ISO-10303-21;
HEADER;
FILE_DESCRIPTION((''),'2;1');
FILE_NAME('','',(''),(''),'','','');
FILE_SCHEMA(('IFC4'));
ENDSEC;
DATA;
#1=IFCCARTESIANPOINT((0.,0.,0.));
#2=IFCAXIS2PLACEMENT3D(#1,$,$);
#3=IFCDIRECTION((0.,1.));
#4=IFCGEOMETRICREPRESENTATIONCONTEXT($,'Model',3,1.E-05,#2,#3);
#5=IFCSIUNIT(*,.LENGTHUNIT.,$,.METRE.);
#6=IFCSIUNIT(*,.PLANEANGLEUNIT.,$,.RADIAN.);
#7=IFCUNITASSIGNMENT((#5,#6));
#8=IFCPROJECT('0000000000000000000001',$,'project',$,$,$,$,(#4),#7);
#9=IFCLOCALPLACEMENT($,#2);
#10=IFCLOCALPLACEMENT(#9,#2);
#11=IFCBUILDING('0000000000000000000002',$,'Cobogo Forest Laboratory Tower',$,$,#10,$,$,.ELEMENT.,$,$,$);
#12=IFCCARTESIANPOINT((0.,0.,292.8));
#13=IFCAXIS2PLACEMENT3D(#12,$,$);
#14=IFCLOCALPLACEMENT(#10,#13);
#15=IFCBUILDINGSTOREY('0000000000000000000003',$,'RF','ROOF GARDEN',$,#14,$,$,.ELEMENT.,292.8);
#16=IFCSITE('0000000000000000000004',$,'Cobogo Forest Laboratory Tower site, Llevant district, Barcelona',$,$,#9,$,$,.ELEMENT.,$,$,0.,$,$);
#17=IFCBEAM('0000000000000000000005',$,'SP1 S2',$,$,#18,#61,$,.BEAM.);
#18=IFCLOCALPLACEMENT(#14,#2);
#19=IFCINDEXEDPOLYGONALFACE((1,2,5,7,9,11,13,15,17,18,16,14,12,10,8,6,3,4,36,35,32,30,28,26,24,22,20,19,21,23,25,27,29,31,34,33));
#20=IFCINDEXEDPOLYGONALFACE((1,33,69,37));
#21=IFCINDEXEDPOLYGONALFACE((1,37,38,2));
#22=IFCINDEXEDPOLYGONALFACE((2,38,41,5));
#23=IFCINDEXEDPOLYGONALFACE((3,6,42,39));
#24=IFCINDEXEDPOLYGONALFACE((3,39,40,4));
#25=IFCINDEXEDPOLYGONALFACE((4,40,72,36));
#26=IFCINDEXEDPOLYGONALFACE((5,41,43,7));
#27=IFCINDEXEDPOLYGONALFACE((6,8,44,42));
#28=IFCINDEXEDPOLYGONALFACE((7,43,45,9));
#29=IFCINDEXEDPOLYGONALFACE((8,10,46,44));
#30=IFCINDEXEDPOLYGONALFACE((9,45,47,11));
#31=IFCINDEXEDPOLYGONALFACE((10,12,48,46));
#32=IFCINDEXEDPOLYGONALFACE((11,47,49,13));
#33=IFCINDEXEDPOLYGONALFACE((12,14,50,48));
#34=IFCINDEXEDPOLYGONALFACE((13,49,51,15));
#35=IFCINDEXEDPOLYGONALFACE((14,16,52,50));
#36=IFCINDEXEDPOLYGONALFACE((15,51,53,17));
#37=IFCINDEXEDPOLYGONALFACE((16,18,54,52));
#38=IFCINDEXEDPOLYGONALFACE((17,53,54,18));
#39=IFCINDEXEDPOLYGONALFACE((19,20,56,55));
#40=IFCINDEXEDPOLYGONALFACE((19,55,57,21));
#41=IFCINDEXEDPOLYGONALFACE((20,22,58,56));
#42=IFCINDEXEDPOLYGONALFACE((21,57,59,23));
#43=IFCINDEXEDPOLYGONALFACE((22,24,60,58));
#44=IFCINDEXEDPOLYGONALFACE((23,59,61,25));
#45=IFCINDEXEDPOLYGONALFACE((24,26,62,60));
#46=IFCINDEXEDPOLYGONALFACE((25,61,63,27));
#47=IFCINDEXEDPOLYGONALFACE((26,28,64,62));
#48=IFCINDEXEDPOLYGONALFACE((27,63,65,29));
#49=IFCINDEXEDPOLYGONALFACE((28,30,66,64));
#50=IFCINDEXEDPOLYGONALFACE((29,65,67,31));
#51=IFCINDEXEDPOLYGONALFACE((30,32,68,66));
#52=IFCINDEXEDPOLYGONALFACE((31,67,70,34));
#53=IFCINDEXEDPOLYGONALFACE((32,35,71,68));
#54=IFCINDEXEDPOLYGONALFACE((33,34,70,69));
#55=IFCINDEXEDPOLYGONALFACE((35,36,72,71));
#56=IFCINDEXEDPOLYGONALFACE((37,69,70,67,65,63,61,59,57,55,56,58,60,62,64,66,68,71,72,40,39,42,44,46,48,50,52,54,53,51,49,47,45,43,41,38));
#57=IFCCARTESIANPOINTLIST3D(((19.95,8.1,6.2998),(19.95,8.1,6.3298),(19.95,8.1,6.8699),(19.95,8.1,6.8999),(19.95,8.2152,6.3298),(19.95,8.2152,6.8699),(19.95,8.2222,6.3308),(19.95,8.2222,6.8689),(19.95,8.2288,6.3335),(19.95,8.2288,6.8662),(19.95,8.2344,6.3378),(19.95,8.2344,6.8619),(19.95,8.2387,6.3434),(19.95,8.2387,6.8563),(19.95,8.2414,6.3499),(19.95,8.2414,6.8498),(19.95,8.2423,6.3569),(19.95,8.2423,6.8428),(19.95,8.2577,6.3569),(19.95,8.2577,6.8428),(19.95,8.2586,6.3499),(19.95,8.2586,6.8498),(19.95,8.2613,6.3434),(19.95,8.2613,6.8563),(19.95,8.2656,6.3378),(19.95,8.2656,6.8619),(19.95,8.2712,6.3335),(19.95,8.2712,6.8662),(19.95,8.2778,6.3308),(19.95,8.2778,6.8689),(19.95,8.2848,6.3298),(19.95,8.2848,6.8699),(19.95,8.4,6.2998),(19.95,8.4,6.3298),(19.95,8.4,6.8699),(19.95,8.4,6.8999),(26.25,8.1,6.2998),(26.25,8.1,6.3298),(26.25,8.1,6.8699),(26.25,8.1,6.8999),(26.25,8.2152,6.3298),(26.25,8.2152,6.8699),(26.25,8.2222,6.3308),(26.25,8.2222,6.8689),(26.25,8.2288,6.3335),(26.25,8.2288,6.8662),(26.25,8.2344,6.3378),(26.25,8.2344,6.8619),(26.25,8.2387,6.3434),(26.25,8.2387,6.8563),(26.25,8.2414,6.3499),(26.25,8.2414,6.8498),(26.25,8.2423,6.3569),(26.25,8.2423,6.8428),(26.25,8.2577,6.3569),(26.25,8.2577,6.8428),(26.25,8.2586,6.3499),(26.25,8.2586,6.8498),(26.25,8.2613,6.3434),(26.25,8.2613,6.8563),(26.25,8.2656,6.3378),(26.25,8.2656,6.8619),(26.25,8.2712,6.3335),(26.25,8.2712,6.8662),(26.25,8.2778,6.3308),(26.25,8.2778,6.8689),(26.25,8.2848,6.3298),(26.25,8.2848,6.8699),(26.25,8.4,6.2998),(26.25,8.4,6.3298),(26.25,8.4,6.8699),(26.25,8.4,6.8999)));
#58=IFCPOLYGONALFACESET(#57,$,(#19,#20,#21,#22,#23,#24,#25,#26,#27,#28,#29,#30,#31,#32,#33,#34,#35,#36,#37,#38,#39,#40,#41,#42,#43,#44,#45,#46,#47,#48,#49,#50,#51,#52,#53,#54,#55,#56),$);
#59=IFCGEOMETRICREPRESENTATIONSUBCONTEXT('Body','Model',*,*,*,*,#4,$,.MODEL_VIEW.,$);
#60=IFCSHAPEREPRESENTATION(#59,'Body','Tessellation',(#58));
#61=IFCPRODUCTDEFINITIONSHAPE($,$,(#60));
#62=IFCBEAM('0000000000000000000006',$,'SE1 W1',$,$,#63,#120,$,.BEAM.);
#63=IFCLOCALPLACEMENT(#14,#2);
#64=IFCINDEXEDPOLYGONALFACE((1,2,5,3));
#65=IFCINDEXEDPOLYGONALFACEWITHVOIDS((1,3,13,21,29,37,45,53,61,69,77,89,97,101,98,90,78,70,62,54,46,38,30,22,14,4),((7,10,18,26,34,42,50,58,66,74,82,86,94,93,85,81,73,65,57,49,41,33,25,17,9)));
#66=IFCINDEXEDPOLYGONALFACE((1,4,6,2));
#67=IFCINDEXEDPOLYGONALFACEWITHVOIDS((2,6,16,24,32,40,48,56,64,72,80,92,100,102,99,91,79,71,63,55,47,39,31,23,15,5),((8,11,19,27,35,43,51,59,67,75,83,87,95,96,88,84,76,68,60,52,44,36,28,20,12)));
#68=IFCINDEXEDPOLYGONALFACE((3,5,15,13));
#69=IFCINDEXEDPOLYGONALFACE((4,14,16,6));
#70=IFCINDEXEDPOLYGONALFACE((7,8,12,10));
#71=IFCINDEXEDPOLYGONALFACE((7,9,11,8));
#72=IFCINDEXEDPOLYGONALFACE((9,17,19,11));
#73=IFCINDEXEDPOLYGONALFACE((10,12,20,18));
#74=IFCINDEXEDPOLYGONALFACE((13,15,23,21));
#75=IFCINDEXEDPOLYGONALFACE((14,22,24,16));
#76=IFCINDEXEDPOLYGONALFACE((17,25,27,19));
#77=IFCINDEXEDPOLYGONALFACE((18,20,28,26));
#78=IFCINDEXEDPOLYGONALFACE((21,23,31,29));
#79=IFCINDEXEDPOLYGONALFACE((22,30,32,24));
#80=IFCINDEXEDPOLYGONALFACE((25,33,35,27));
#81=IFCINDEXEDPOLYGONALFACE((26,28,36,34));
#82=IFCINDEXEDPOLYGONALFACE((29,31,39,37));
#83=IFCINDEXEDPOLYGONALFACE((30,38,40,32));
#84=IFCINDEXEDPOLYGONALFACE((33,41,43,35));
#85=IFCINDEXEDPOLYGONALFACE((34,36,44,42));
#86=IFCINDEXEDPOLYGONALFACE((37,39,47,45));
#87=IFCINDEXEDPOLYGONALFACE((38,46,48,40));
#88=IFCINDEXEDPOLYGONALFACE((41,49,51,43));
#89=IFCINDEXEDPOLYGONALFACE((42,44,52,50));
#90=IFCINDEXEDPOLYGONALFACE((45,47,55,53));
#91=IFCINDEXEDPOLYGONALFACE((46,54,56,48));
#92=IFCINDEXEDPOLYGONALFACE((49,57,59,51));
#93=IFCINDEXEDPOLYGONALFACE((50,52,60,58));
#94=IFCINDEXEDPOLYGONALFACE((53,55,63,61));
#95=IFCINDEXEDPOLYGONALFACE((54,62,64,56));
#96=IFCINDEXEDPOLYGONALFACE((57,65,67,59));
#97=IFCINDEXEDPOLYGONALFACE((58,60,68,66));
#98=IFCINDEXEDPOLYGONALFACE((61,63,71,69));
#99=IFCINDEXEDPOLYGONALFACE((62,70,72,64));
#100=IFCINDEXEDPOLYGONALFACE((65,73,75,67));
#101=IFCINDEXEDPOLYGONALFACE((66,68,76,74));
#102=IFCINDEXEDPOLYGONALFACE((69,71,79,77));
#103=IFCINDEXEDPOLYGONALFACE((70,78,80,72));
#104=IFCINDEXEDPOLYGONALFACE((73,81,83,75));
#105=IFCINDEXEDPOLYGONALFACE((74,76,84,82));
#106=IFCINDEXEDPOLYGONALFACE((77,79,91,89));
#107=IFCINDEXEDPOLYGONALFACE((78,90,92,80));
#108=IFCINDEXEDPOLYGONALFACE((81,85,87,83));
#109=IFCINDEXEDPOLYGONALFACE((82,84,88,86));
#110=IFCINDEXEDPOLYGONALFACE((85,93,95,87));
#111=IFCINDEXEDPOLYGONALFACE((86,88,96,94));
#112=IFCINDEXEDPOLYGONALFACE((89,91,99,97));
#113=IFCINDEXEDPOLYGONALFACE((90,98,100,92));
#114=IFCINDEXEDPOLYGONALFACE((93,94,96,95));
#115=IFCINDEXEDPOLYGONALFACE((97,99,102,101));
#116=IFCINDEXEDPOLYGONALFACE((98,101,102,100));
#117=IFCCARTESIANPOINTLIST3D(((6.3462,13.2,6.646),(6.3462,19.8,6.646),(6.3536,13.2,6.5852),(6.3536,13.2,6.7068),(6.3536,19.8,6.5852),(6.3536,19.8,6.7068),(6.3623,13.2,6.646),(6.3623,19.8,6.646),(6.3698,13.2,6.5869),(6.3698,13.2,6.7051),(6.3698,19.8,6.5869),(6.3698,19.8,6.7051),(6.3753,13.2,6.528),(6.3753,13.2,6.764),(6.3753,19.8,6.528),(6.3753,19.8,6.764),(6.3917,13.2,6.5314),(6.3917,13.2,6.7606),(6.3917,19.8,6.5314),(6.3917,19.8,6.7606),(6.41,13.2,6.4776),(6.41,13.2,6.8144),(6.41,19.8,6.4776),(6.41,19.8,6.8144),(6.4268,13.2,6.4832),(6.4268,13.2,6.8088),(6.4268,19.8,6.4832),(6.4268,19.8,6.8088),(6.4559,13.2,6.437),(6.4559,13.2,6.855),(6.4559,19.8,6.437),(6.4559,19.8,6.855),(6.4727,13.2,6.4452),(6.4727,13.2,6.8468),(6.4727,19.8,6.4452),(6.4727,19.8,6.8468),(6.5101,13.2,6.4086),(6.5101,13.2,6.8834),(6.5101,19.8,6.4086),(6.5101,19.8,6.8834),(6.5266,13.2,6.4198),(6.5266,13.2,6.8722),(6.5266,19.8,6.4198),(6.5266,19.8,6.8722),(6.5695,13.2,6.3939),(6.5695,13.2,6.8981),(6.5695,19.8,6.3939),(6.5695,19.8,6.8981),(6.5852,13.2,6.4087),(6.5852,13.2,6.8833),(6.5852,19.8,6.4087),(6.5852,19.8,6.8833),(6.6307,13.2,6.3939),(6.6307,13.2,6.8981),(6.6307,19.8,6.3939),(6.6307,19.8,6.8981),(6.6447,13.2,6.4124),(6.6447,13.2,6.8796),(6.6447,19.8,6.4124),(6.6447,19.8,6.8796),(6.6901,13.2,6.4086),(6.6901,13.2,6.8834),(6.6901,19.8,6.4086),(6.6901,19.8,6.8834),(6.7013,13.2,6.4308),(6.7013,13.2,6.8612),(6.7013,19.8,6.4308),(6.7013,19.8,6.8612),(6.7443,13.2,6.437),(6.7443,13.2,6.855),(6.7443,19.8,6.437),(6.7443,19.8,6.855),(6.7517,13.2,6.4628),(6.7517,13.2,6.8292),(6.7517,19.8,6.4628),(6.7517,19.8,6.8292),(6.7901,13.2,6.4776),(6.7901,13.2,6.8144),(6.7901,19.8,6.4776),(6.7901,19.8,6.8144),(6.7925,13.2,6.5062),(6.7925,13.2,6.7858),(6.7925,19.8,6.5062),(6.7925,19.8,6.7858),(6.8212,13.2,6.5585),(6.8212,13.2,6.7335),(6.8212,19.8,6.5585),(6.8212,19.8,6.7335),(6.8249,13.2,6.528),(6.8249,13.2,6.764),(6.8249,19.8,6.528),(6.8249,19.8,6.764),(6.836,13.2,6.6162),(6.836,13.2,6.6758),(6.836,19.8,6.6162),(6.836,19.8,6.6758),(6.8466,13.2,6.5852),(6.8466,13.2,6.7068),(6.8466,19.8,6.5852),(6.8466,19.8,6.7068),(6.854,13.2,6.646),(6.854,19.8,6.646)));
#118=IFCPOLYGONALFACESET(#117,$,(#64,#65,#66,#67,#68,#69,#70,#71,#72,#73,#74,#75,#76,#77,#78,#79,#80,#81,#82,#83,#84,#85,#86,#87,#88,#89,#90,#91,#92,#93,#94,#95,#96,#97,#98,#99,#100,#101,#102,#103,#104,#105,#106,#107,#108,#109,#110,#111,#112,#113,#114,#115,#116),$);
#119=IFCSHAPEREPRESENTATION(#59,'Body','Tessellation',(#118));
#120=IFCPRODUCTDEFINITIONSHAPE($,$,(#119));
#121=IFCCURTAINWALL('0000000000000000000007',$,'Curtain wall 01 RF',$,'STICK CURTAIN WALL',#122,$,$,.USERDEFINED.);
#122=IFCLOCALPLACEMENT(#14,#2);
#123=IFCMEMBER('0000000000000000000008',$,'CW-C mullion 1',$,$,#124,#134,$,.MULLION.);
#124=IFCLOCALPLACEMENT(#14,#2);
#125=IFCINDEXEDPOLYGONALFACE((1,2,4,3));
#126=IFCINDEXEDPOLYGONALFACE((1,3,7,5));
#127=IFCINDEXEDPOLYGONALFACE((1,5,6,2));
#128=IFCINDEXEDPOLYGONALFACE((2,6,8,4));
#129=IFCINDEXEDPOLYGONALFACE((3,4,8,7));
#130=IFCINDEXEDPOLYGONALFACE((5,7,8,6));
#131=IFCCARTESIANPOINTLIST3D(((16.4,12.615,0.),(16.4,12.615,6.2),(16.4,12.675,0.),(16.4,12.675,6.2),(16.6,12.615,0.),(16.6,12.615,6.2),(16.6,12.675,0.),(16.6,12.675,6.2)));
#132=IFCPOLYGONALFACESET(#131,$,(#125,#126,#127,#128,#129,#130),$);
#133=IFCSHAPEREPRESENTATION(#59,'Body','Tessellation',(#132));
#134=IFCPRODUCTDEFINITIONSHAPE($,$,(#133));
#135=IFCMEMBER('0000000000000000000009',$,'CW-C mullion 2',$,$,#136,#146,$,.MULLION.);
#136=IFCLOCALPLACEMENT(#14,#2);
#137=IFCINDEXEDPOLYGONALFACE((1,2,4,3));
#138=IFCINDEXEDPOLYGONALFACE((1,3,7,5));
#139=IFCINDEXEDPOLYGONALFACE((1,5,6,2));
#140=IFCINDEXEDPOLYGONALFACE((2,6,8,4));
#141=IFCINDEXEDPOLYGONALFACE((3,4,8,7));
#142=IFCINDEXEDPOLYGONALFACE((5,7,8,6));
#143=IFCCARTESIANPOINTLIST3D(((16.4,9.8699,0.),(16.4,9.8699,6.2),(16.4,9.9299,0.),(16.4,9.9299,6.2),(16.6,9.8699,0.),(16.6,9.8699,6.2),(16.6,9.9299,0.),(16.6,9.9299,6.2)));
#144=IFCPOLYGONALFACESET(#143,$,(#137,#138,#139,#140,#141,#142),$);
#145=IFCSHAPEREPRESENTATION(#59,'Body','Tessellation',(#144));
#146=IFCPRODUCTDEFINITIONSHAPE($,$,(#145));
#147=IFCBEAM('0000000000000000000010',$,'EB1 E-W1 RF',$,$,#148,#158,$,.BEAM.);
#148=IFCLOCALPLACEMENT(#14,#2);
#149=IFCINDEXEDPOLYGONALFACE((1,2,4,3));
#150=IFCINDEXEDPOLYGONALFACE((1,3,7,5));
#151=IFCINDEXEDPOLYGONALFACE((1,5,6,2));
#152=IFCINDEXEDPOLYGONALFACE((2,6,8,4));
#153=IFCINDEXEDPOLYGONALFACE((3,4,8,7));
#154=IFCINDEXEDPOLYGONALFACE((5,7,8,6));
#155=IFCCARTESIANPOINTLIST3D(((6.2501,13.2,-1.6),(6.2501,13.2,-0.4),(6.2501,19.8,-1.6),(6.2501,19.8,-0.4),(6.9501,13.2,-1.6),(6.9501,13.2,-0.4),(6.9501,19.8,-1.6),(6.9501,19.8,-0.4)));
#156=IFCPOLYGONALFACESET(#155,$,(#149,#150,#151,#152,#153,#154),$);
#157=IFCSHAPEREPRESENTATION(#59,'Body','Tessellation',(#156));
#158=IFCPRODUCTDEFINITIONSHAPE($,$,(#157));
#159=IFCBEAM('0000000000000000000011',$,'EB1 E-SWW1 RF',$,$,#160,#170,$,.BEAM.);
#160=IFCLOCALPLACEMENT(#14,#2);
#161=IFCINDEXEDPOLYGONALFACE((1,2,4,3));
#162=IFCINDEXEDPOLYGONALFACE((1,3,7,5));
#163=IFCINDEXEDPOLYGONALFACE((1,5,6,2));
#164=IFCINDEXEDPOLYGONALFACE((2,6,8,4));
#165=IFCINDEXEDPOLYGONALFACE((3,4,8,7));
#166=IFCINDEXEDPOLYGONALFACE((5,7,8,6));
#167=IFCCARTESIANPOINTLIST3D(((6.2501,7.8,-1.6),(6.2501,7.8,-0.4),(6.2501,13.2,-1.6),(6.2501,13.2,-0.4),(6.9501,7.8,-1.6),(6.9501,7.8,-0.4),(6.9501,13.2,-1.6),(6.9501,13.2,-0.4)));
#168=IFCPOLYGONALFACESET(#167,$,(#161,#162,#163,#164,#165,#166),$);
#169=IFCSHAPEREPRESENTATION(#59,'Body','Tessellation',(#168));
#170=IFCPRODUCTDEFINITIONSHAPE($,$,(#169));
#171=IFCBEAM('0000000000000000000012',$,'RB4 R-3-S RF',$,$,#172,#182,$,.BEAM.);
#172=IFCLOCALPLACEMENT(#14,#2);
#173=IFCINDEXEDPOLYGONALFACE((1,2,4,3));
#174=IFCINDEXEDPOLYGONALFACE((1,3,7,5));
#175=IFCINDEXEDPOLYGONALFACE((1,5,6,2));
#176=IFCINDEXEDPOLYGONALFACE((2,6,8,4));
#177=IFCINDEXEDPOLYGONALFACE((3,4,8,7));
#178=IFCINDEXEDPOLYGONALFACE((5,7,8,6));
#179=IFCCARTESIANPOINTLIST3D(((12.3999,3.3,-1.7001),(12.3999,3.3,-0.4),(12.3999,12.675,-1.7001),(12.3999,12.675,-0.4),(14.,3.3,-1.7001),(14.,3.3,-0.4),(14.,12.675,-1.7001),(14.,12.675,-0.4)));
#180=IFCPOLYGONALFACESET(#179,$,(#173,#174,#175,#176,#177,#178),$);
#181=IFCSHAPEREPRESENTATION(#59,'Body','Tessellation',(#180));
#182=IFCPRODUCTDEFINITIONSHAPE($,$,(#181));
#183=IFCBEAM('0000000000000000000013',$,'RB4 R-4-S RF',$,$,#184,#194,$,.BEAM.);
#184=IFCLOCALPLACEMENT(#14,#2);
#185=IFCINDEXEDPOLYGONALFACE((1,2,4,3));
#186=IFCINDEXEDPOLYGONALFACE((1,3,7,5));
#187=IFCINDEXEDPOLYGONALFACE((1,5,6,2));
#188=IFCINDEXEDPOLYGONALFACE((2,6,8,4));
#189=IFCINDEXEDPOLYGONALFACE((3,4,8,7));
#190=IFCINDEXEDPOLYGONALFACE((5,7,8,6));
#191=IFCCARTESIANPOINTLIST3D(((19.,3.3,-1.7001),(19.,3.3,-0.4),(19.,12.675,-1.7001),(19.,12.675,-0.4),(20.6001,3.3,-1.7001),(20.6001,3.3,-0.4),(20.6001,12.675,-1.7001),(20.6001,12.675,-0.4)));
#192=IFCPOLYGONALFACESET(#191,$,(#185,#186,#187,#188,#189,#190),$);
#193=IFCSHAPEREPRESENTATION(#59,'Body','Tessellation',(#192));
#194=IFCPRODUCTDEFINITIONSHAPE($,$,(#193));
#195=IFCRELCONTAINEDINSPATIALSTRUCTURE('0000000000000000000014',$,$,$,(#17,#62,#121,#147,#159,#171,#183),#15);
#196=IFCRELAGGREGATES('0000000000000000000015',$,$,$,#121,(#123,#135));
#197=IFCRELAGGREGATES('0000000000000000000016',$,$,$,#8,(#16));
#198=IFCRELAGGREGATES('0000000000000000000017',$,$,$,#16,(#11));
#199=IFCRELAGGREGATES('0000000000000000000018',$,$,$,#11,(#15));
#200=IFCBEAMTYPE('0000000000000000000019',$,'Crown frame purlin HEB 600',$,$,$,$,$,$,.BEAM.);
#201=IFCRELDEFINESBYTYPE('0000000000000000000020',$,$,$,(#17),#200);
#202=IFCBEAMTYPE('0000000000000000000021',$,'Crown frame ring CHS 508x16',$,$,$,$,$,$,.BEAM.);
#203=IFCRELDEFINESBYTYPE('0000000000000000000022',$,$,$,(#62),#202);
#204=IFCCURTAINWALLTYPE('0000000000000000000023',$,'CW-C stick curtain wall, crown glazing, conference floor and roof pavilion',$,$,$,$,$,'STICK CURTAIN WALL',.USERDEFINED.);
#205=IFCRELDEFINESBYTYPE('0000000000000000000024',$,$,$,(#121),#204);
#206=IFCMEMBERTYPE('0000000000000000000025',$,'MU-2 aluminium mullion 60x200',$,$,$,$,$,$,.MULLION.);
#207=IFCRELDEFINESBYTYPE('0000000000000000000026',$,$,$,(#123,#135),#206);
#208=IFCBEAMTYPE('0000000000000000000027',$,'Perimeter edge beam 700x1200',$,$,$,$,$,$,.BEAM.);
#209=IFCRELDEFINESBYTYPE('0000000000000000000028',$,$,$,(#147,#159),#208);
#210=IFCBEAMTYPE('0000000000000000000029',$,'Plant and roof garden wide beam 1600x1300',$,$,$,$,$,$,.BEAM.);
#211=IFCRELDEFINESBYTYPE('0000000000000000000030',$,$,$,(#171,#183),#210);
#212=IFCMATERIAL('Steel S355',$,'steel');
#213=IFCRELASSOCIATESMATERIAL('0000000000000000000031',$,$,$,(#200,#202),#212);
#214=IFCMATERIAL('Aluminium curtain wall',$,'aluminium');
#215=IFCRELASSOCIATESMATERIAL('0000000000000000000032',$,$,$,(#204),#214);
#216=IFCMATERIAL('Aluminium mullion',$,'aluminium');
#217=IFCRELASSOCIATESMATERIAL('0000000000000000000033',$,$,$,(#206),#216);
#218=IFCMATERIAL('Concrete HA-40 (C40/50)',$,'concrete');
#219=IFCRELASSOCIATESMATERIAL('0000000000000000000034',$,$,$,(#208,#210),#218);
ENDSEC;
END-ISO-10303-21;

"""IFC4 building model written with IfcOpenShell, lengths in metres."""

from ifc_helpers import new_model, si_unit, direction, frame, origin, origin_2d, place, context, subcontext, project, spatial, rectangle, hollow_circle, i_section, extrude, material, material_profile, profile_set, type_object, element, aggregate, save


model = new_model("IFC4")

# Units and contexts
model_context = context("Model", 3, precision=1e-05, world=origin(), true_north=direction((0.0, 1.0)))
body_context = subcontext(model_context, "Body", "Model", "MODEL_VIEW")
ifc_project = project(units=[si_unit("LENGTHUNIT", "METRE"), si_unit("PLANEANGLEUNIT", "RADIAN")], contexts=[model_context])

# Site, building, storey
site_placement = place(None, origin())
site = spatial("IfcSite", under=ifc_project, at=site_placement, Name="Cobogo Forest Laboratory Tower site, Llevant district, Barcelona", CompositionType="ELEMENT", RefElevation=0.0)
building_placement = place(site_placement, origin())
building = spatial("IfcBuilding", under=site, at=building_placement, Name="Cobogo Forest Laboratory Tower", CompositionType="ELEMENT")
storey_placement = place(building_placement, frame((0.0, 0.0, 292.8)))
storey = spatial("IfcBuildingStorey", under=building, at=storey_placement, Name="RF", Description="ROOF GARDEN", CompositionType="ELEMENT", Elevation=292.8)

# Shared definitions
ifc_material_1 = material(Name="Steel S355", Category="steel")

# Beams
ifc_material_profile_1 = material_profile(ifc_material_1, i_section(OverallWidth=0.3, OverallDepth=0.6001, WebThickness=0.0154, FlangeThickness=0.03, FilletRadius=0.0271, at=origin_2d()), Name="HEB 600")
ifc_profile_set_1 = profile_set([ifc_material_profile_1], Name="Steel S355")
beam_type_1 = type_object("IfcBeamType", Name="Crown frame purlin HEB 600", PredefinedType="BEAM", material=ifc_profile_set_1)
beam_1_placement = place(storey_placement, frame((19.95, 8.25, 6.5999), z_axis=(1.0, 0.0, 0.0), x_axis=(0.0, 1.0, 0.0)))
element("IfcBeam", 1, at=beam_1_placement, inside=storey, type_object=beam_type_1, Name="SP1 S2", PredefinedType="BEAM", context=body_context, shape_type="SweptSolid", body=[
    extrude(i_section(OverallWidth=0.3, OverallDepth=0.6001, WebThickness=0.0154, FlangeThickness=0.03, FilletRadius=0.0271, at=origin_2d()), origin(), (0.0, 0.0, 1.0), 6.3),
])
ifc_material_profile_2 = material_profile(ifc_material_1, hollow_circle(Radius=0.2539, WallThickness=0.0161, at=origin_2d()), Name="CHS 508x16")
ifc_profile_set_2 = profile_set([ifc_material_profile_2], Name="Steel S355")
beam_type_2 = type_object("IfcBeamType", Name="Crown frame ring CHS 508x16", PredefinedType="BEAM", material=ifc_profile_set_2)
beam_2_placement = place(storey_placement, frame((6.6001, 13.2, 6.646), z_axis=(0.0, 1.0, 0.0), x_axis=(-1.0, 0.0, 0.0)))
element("IfcBeam", 2, at=beam_2_placement, inside=storey, type_object=beam_type_2, Name="SE1 W1", PredefinedType="BEAM", context=body_context, shape_type="SweptSolid", body=[
    extrude(hollow_circle(Radius=0.2539, WallThickness=0.0161, at=origin_2d()), origin(), (0.0, 0.0, 1.0), 6.6001),
])

# Curtain wall, members
ifc_material_2 = material(Name="Aluminium curtain wall", Category="aluminium")
curtain_wall_type = type_object("IfcCurtainWallType", Name="CW-C stick curtain wall, crown glazing, conference floor and roof pavilion", ElementType="STICK CURTAIN WALL", PredefinedType="USERDEFINED", material=ifc_material_2)
curtain_wall_placement = place(storey_placement, origin())
curtain_wall = element("IfcCurtainWall", 3, at=curtain_wall_placement, inside=storey, type_object=curtain_wall_type, Name="Curtain wall 01 RF", ObjectType="STICK CURTAIN WALL", PredefinedType="USERDEFINED")
ifc_material_3 = material(Name="Aluminium mullion", Category="aluminium")
ifc_material_profile_3 = material_profile(ifc_material_3, rectangle(XDim=0.0601, YDim=0.2, at=origin_2d()), Name="AL 60x200")
ifc_profile_set_3 = profile_set([ifc_material_profile_3], Name="Aluminium mullion")
member_type_1 = type_object("IfcMemberType", Name="MU-2 aluminium mullion 60x200", PredefinedType="MULLION", material=ifc_profile_set_3)
member_1_placement = place(storey_placement, frame((16.5, 12.645, 0.0), z_axis=(0.0, 0.0, 1.0), x_axis=(0.0, -1.0, 0.0)))
member_1 = element("IfcMember", 4, at=member_1_placement, type_object=member_type_1, Name="CW-C mullion 1", PredefinedType="MULLION", context=body_context, shape_type="SweptSolid", body=[
    extrude(rectangle(XDim=0.0601, YDim=0.2, at=origin_2d()), origin(), (0.0, 0.0, 1.0), 6.2),
])
member_2_placement = place(storey_placement, frame((16.5, 9.8999, 0.0), z_axis=(0.0, 0.0, 1.0), x_axis=(0.0, -1.0, 0.0)))
member_2 = element("IfcMember", 5, at=member_2_placement, type_object=member_type_1, Name="CW-C mullion 2", PredefinedType="MULLION", context=body_context, shape_type="SweptSolid", body=[
    extrude(rectangle(XDim=0.0601, YDim=0.2, at=origin_2d()), origin(), (0.0, 0.0, 1.0), 6.2),
])

# Beams
ifc_material_4 = material(Name="Concrete HA-40 (C40/50)", Category="concrete")
ifc_material_profile_4 = material_profile(ifc_material_4, rectangle(XDim=0.7, YDim=1.2, at=origin_2d()), Name="RC 700x1200")
ifc_profile_set_4 = profile_set([ifc_material_profile_4], Name="Concrete HA-40 (C40/50)")
beam_type_3 = type_object("IfcBeamType", Name="Perimeter edge beam 700x1200", PredefinedType="BEAM", material=ifc_profile_set_4)
beam_3_placement = place(storey_placement, frame((6.6001, 13.2, -1.0), z_axis=(0.0, 1.0, 0.0), x_axis=(-1.0, 0.0, 0.0)))
element("IfcBeam", 6, at=beam_3_placement, inside=storey, type_object=beam_type_3, Name="EB1 E-W1 RF", PredefinedType="BEAM", context=body_context, shape_type="SweptSolid", body=[
    extrude(rectangle(XDim=0.7, YDim=1.2, at=origin_2d()), origin(), (0.0, 0.0, 1.0), 6.6001),
])
beam_4_placement = place(storey_placement, frame((6.6001, 13.2, -1.0), z_axis=(0.0, -1.0, 0.0), x_axis=(1.0, 0.0, 0.0)))
element("IfcBeam", 7, at=beam_4_placement, inside=storey, type_object=beam_type_3, Name="EB1 E-SWW1 RF", PredefinedType="BEAM", context=body_context, shape_type="SweptSolid", body=[
    extrude(rectangle(XDim=0.7, YDim=1.2, at=origin_2d()), origin(), (0.0, 0.0, 1.0), 5.3999),
])
ifc_material_profile_5 = material_profile(ifc_material_4, rectangle(XDim=1.6001, YDim=1.3, at=origin_2d()), Name="RC 1600x1300")
ifc_profile_set_5 = profile_set([ifc_material_profile_5], Name="Concrete HA-40 (C40/50)")
beam_type_4 = type_object("IfcBeamType", Name="Plant and roof garden wide beam 1600x1300", PredefinedType="BEAM", material=ifc_profile_set_5)
for number, where, z_axis, x_axis, name in (
    (8, (13.2, 12.675, -1.05), (0.0, -1.0, 0.0), (1.0, 0.0, 0.0), "RB4 R-3-S RF"),
    (9, (19.8, 12.675, -1.05), (0.0, -1.0, 0.0), (1.0, 0.0, 0.0), "RB4 R-4-S RF"),
):
    element("IfcBeam", number, at=place(storey_placement, frame(where, z_axis=z_axis, x_axis=x_axis)), inside=storey, type_object=beam_type_4, Name=name, PredefinedType="BEAM", context=body_context, shape_type="SweptSolid", body=[
        extrude(rectangle(XDim=1.6001, YDim=1.3, at=origin_2d()), origin(), (0.0, 0.0, 1.0), 9.375),
    ])

aggregate(curtain_wall, [member_1, member_2])

save(model, "model.ifc")
